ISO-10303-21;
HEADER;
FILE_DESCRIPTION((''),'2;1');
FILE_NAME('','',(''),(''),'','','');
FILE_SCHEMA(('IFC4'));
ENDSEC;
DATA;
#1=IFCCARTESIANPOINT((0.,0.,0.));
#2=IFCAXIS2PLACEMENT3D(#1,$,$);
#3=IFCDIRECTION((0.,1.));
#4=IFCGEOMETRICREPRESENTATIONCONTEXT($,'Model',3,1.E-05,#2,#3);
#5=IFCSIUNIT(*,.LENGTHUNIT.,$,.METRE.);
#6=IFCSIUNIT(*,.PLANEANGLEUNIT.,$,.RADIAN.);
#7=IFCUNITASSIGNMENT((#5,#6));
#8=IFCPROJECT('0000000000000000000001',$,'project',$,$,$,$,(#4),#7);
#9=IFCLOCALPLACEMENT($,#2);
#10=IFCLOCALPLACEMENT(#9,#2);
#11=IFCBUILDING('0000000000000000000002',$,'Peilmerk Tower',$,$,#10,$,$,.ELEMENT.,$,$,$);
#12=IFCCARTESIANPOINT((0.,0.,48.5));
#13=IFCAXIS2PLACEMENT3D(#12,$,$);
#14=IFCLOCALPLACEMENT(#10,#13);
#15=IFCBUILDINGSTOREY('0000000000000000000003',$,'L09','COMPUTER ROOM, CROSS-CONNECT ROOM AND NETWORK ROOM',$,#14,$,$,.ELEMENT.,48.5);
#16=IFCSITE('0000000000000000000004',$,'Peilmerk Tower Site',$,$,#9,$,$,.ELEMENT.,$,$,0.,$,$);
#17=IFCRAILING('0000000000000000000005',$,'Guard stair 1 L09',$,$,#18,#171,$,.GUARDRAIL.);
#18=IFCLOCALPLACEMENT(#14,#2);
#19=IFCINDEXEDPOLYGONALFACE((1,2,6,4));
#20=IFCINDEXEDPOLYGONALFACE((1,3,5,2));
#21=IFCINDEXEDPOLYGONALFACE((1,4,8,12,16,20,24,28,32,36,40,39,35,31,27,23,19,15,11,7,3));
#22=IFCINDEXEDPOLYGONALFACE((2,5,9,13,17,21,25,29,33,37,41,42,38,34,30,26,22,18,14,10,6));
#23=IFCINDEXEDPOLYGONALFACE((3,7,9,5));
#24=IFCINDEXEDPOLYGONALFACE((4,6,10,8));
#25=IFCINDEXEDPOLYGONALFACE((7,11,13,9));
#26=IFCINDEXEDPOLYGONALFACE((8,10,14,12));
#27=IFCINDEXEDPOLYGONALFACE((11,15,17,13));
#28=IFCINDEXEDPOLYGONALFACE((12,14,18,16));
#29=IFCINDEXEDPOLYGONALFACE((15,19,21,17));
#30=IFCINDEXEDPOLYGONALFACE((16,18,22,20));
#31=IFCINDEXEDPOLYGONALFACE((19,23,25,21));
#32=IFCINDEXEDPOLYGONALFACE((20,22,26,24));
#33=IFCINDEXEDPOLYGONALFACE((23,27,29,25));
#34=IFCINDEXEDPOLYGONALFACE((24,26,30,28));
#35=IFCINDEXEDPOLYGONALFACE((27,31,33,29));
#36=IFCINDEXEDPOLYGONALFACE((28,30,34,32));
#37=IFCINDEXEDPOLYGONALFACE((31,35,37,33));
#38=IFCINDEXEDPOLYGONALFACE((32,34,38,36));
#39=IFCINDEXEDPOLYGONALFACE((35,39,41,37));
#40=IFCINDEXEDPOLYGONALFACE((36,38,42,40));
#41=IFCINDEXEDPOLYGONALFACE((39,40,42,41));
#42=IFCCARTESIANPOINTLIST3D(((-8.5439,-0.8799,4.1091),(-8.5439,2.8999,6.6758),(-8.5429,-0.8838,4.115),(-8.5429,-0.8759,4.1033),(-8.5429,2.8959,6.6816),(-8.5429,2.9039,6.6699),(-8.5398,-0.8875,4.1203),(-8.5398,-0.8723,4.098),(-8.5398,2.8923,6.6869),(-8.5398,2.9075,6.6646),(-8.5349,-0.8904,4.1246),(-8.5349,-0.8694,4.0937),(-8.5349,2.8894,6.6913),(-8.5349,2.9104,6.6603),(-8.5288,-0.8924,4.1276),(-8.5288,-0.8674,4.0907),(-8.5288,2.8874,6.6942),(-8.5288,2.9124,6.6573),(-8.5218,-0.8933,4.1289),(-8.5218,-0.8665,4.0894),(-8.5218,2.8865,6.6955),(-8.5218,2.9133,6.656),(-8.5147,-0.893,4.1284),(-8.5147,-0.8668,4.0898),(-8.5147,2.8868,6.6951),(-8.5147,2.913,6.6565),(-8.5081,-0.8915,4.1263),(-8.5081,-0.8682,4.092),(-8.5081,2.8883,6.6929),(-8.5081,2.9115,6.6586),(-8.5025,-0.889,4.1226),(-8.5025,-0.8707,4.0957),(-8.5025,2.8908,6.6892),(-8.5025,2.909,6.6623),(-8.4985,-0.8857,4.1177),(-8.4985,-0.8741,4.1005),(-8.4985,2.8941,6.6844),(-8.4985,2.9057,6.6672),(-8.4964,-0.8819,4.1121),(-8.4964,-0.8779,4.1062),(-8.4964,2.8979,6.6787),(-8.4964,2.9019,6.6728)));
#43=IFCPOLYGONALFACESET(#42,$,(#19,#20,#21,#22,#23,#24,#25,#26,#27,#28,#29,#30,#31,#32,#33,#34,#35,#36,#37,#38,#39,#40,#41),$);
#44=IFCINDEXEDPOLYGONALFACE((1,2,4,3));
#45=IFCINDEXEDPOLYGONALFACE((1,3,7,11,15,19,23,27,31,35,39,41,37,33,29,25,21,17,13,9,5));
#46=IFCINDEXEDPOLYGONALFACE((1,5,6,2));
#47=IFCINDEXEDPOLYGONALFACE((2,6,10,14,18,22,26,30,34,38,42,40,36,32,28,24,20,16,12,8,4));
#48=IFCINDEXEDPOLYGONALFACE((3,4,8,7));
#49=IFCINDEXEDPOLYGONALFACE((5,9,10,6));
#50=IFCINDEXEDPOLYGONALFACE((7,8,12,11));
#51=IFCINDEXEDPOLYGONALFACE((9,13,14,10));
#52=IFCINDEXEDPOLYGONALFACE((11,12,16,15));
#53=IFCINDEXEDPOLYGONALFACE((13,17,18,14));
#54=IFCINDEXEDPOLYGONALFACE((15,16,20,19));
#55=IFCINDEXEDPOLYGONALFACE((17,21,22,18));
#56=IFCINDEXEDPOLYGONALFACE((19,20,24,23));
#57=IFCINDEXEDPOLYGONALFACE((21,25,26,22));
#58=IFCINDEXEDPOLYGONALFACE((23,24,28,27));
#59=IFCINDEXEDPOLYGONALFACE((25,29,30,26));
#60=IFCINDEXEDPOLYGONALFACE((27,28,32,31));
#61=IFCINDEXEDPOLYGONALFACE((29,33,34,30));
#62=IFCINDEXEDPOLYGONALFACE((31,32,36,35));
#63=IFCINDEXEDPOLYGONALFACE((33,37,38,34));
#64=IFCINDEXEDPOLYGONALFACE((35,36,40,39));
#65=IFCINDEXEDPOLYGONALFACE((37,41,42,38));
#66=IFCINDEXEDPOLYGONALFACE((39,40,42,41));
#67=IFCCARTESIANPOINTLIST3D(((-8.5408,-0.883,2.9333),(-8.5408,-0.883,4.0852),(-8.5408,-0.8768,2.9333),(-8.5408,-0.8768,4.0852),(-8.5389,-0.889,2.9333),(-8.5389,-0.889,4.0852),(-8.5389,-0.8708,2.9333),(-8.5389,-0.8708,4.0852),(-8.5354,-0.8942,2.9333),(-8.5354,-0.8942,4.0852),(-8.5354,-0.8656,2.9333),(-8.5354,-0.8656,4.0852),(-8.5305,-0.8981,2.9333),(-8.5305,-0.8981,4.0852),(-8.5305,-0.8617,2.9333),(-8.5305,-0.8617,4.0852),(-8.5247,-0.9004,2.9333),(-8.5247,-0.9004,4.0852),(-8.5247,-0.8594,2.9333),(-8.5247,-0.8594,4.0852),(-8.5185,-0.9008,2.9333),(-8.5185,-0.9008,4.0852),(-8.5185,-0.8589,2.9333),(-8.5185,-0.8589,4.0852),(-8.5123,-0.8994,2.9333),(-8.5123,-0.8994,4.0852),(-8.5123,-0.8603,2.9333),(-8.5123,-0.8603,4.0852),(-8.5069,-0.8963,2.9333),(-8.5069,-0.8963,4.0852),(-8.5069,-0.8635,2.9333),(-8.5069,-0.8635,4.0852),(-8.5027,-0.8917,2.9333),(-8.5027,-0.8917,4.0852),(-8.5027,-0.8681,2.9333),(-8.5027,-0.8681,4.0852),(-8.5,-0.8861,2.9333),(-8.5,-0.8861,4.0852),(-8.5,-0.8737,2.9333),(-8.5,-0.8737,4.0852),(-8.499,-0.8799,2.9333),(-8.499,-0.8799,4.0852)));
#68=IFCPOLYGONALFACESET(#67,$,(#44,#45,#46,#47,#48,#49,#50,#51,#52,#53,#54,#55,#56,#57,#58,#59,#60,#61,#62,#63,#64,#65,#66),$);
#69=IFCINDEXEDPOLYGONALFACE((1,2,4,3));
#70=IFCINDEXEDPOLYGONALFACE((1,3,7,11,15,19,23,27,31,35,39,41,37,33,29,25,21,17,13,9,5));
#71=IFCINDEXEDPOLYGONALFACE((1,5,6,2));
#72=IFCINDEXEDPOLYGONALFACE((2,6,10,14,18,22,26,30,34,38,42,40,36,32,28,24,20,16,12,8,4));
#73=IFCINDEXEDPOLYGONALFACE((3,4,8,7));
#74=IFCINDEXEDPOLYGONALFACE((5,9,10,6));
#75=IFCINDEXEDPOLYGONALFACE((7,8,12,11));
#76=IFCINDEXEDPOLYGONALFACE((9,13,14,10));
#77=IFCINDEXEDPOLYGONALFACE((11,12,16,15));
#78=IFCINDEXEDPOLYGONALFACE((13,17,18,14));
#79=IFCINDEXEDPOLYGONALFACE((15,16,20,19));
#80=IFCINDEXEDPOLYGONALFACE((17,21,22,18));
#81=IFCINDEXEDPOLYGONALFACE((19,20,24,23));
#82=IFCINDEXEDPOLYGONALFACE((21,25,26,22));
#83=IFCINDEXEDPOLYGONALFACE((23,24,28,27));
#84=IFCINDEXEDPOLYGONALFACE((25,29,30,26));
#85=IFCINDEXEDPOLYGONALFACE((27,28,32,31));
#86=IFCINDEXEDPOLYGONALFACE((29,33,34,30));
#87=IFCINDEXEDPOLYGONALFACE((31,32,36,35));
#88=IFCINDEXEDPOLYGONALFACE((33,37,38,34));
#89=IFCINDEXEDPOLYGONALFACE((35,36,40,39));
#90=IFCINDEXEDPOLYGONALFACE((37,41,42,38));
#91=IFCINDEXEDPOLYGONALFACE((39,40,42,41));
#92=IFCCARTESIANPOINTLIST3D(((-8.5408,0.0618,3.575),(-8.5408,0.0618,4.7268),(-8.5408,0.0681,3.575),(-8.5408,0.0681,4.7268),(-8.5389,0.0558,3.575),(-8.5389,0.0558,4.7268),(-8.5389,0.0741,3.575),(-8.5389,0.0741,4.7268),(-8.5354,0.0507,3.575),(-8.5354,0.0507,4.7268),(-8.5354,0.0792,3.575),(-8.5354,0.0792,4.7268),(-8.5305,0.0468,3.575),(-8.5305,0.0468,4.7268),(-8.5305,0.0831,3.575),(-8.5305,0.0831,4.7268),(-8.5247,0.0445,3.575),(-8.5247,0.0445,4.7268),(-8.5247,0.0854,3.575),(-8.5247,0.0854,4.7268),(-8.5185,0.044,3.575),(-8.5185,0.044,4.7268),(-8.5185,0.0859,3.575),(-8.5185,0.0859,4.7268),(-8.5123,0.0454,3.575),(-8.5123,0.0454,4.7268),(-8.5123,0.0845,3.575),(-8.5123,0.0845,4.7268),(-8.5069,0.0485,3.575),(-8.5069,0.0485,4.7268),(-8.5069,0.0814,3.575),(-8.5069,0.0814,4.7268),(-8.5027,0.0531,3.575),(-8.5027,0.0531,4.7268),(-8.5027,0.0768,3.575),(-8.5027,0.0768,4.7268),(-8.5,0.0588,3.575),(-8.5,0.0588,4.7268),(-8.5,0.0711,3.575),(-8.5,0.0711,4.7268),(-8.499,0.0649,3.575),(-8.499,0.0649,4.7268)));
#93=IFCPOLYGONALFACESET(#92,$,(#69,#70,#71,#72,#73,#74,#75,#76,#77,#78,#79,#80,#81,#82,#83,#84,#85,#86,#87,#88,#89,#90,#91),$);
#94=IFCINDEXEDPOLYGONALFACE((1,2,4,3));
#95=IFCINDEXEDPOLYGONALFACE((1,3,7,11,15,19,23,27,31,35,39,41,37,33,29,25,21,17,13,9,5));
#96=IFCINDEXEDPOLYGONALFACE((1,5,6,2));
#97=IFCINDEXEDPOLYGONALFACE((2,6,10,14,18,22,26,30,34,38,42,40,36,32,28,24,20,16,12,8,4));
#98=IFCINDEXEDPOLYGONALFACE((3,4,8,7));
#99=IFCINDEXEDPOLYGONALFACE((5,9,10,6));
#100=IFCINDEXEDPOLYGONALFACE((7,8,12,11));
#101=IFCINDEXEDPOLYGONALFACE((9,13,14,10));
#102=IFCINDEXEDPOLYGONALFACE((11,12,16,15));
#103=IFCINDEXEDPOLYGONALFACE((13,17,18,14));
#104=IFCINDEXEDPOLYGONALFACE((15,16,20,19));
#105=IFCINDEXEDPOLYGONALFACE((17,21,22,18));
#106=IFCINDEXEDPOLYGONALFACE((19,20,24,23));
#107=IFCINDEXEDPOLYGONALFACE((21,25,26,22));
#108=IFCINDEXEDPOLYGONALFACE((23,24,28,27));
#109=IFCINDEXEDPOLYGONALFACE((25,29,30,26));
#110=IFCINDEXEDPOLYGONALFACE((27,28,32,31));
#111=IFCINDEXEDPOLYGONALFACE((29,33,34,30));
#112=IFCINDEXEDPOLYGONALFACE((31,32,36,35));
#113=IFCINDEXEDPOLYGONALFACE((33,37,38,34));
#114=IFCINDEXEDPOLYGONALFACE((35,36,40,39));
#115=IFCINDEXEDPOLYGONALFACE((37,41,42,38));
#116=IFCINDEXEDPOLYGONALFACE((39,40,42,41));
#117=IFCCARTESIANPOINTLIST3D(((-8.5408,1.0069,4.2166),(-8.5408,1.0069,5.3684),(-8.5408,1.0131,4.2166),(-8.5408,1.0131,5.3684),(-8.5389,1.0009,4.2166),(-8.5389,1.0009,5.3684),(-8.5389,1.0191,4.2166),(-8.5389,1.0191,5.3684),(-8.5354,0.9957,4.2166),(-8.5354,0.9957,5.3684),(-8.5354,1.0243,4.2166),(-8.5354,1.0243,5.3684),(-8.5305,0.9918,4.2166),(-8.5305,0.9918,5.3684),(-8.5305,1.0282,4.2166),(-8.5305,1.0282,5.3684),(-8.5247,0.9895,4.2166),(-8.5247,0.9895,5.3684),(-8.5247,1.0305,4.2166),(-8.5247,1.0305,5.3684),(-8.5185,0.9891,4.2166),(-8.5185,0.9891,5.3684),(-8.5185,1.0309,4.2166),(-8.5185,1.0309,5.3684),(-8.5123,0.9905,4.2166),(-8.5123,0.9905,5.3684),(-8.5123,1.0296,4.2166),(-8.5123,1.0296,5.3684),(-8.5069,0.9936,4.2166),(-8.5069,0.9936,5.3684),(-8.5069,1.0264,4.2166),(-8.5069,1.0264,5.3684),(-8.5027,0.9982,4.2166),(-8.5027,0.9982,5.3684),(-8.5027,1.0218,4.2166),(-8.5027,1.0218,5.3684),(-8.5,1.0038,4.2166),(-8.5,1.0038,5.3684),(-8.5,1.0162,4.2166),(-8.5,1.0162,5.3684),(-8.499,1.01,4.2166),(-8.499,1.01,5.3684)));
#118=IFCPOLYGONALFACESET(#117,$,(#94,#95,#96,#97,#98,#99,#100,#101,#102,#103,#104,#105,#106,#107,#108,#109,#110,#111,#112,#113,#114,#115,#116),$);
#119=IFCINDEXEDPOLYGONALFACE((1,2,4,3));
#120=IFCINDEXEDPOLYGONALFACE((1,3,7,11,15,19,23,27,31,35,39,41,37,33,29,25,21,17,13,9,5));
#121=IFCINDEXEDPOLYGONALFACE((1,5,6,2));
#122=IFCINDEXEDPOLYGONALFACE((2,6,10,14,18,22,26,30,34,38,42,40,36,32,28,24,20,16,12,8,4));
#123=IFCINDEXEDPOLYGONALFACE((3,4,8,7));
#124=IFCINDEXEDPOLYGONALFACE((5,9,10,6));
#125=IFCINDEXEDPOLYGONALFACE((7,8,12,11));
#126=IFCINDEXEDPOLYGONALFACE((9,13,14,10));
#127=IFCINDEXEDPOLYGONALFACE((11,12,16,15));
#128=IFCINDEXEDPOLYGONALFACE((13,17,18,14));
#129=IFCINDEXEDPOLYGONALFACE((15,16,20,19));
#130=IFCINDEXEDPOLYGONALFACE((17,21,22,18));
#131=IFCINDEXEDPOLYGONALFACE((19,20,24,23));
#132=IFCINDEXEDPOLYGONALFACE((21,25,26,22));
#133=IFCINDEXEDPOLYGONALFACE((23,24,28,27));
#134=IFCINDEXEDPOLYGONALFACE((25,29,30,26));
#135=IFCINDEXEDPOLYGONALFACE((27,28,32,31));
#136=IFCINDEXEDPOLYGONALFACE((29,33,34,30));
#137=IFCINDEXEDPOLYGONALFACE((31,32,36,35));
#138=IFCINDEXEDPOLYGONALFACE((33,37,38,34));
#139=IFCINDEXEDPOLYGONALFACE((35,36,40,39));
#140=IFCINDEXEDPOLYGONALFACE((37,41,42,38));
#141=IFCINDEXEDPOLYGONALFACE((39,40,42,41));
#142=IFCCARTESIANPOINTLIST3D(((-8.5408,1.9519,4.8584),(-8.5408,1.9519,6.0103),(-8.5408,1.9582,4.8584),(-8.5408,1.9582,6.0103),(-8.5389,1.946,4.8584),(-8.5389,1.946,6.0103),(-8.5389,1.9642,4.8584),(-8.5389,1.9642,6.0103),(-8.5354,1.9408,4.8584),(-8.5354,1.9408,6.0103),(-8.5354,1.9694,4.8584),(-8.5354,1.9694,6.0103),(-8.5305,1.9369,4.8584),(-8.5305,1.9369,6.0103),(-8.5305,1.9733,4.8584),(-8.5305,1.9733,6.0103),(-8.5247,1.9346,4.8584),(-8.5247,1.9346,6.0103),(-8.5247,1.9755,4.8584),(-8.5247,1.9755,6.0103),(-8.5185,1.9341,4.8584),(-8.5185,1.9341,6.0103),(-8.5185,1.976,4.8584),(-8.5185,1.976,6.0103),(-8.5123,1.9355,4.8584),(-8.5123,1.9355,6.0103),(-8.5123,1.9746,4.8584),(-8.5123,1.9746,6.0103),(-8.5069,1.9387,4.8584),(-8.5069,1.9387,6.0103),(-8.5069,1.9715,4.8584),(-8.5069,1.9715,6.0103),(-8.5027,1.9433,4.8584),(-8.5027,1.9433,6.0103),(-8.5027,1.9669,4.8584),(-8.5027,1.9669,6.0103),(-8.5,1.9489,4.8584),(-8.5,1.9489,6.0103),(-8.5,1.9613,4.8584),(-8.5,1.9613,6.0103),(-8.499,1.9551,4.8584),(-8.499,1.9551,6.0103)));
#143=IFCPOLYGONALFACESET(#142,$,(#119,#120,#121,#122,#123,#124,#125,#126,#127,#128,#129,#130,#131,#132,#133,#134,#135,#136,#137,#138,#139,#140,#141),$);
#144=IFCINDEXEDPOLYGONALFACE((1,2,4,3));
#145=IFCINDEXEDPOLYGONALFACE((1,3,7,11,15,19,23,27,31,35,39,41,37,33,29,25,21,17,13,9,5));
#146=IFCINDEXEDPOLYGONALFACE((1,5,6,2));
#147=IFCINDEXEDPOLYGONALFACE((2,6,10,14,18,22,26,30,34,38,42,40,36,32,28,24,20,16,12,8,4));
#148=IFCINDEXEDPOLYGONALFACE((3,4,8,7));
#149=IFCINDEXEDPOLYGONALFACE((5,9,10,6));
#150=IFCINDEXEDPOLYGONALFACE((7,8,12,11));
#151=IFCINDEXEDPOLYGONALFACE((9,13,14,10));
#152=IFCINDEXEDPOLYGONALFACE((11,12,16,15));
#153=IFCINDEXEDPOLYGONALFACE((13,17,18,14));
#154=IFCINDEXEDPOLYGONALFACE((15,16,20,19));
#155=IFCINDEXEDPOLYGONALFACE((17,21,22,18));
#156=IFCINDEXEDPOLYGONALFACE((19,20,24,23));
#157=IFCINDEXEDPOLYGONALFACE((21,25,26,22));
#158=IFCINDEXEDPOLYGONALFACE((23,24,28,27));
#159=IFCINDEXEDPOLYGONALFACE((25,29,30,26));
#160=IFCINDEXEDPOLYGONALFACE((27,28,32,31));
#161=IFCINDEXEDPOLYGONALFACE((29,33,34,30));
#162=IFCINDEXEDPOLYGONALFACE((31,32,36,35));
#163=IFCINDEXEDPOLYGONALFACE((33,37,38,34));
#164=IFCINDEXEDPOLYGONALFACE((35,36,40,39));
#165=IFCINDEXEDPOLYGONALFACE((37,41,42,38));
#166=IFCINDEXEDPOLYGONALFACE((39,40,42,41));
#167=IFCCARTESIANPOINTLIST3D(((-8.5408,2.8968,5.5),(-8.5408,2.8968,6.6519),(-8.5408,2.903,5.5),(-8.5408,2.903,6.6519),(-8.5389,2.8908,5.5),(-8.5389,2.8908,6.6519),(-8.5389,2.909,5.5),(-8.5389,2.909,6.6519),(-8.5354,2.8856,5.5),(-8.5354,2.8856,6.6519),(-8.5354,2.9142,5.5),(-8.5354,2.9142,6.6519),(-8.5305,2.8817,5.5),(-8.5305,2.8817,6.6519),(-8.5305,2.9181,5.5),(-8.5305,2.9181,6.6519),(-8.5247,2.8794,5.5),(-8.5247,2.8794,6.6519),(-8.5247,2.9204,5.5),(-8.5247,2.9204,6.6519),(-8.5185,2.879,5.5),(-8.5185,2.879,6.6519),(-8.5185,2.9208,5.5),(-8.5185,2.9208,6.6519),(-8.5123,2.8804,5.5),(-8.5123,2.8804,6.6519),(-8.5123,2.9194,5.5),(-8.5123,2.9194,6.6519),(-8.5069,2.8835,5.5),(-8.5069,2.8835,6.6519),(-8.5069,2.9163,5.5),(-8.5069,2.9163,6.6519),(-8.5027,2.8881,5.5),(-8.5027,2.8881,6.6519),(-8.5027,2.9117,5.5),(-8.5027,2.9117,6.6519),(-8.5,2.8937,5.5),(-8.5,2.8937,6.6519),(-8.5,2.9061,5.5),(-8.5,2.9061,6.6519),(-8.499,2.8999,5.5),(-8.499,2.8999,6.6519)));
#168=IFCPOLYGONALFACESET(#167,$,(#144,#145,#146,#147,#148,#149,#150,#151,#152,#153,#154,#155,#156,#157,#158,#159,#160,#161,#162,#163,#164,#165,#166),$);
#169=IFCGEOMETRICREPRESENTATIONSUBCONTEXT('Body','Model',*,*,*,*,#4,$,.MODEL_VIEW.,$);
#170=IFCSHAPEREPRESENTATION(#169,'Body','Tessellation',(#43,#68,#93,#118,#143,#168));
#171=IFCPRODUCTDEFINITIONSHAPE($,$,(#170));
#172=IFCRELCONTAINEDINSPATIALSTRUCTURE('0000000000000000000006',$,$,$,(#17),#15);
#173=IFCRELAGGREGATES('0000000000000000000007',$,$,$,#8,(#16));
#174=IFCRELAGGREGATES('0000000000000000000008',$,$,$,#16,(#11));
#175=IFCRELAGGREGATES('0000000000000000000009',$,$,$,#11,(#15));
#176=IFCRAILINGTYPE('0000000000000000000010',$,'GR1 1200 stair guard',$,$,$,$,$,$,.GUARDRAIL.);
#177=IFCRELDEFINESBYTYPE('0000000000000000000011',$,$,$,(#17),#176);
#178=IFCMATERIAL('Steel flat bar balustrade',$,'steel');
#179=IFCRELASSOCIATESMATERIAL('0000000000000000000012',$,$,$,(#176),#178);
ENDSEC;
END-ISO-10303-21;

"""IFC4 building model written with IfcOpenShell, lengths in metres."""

from ifc_helpers import new_model, si_unit, direction, frame, origin, origin_2d, place, context, subcontext, project, spatial, circle, extrude, material, type_object, element, save


model = new_model("IFC4")

# Units and contexts
model_context = context("Model", 3, precision=1e-05, world=origin(), true_north=direction((0.0, 1.0)))
body_context = subcontext(model_context, "Body", "Model", "MODEL_VIEW")
ifc_project = project(units=[si_unit("LENGTHUNIT", "METRE"), si_unit("PLANEANGLEUNIT", "RADIAN")], contexts=[model_context])

# Site, building, storey
site_placement = place(None, origin())
site = spatial("IfcSite", under=ifc_project, at=site_placement, Name="Peilmerk Tower Site", CompositionType="ELEMENT", RefElevation=0.0)
building_placement = place(site_placement, origin())
building = spatial("IfcBuilding", under=site, at=building_placement, Name="Peilmerk Tower", CompositionType="ELEMENT")
storey_placement = place(building_placement, frame((0.0, 0.0, 48.5)))
storey = spatial("IfcBuildingStorey", under=building, at=storey_placement, Name="L09", Description="COMPUTER ROOM, CROSS-CONNECT ROOM AND NETWORK ROOM", CompositionType="ELEMENT", Elevation=48.5)

# Railing
ifc_material_1 = material(Name="Steel flat bar balustrade", Category="steel")
railing_type_1 = type_object("IfcRailingType", Name="GR1 1200 stair guard", PredefinedType="GUARDRAIL", material=ifc_material_1)
railing_1_placement = place(storey_placement, frame((-8.52, -0.8799, 2.9333)))
element("IfcRailing", 1, at=railing_1_placement, inside=storey, type_object=railing_type_1, Name="Guard stair 1 L09", PredefinedType="GUARDRAIL", context=body_context, shape_type="SweptSolid", body=[
    extrude(circle(Radius=0.0239, at=origin_2d()), frame((0.0, 0.0, 1.1758), z_axis=(0.0, 0.827293, 0.561771), x_axis=(-1.0, 0.0, 0.0)), (0.0, 0.0, 1.0), 4.5688),
    extrude(circle(Radius=0.021, at=origin_2d()), origin(), (0.0, 0.0, 1.0), 1.1519),
    extrude(circle(Radius=0.021, at=origin_2d()), frame((0.0, 0.9448, 0.6416)), (0.0, 0.0, 1.0), 1.1519),
    extrude(circle(Radius=0.021, at=origin_2d()), frame((0.0, 1.8899, 1.2832)), (0.0, 0.0, 1.0), 1.1519),
    extrude(circle(Radius=0.021, at=origin_2d()), frame((0.0, 2.835, 1.925)), (0.0, 0.0, 1.0), 1.1519),
    extrude(circle(Radius=0.021, at=origin_2d()), frame((0.0, 3.7798, 2.5667)), (0.0, 0.0, 1.0), 1.1519),
])

save(model, "model.ifc")
